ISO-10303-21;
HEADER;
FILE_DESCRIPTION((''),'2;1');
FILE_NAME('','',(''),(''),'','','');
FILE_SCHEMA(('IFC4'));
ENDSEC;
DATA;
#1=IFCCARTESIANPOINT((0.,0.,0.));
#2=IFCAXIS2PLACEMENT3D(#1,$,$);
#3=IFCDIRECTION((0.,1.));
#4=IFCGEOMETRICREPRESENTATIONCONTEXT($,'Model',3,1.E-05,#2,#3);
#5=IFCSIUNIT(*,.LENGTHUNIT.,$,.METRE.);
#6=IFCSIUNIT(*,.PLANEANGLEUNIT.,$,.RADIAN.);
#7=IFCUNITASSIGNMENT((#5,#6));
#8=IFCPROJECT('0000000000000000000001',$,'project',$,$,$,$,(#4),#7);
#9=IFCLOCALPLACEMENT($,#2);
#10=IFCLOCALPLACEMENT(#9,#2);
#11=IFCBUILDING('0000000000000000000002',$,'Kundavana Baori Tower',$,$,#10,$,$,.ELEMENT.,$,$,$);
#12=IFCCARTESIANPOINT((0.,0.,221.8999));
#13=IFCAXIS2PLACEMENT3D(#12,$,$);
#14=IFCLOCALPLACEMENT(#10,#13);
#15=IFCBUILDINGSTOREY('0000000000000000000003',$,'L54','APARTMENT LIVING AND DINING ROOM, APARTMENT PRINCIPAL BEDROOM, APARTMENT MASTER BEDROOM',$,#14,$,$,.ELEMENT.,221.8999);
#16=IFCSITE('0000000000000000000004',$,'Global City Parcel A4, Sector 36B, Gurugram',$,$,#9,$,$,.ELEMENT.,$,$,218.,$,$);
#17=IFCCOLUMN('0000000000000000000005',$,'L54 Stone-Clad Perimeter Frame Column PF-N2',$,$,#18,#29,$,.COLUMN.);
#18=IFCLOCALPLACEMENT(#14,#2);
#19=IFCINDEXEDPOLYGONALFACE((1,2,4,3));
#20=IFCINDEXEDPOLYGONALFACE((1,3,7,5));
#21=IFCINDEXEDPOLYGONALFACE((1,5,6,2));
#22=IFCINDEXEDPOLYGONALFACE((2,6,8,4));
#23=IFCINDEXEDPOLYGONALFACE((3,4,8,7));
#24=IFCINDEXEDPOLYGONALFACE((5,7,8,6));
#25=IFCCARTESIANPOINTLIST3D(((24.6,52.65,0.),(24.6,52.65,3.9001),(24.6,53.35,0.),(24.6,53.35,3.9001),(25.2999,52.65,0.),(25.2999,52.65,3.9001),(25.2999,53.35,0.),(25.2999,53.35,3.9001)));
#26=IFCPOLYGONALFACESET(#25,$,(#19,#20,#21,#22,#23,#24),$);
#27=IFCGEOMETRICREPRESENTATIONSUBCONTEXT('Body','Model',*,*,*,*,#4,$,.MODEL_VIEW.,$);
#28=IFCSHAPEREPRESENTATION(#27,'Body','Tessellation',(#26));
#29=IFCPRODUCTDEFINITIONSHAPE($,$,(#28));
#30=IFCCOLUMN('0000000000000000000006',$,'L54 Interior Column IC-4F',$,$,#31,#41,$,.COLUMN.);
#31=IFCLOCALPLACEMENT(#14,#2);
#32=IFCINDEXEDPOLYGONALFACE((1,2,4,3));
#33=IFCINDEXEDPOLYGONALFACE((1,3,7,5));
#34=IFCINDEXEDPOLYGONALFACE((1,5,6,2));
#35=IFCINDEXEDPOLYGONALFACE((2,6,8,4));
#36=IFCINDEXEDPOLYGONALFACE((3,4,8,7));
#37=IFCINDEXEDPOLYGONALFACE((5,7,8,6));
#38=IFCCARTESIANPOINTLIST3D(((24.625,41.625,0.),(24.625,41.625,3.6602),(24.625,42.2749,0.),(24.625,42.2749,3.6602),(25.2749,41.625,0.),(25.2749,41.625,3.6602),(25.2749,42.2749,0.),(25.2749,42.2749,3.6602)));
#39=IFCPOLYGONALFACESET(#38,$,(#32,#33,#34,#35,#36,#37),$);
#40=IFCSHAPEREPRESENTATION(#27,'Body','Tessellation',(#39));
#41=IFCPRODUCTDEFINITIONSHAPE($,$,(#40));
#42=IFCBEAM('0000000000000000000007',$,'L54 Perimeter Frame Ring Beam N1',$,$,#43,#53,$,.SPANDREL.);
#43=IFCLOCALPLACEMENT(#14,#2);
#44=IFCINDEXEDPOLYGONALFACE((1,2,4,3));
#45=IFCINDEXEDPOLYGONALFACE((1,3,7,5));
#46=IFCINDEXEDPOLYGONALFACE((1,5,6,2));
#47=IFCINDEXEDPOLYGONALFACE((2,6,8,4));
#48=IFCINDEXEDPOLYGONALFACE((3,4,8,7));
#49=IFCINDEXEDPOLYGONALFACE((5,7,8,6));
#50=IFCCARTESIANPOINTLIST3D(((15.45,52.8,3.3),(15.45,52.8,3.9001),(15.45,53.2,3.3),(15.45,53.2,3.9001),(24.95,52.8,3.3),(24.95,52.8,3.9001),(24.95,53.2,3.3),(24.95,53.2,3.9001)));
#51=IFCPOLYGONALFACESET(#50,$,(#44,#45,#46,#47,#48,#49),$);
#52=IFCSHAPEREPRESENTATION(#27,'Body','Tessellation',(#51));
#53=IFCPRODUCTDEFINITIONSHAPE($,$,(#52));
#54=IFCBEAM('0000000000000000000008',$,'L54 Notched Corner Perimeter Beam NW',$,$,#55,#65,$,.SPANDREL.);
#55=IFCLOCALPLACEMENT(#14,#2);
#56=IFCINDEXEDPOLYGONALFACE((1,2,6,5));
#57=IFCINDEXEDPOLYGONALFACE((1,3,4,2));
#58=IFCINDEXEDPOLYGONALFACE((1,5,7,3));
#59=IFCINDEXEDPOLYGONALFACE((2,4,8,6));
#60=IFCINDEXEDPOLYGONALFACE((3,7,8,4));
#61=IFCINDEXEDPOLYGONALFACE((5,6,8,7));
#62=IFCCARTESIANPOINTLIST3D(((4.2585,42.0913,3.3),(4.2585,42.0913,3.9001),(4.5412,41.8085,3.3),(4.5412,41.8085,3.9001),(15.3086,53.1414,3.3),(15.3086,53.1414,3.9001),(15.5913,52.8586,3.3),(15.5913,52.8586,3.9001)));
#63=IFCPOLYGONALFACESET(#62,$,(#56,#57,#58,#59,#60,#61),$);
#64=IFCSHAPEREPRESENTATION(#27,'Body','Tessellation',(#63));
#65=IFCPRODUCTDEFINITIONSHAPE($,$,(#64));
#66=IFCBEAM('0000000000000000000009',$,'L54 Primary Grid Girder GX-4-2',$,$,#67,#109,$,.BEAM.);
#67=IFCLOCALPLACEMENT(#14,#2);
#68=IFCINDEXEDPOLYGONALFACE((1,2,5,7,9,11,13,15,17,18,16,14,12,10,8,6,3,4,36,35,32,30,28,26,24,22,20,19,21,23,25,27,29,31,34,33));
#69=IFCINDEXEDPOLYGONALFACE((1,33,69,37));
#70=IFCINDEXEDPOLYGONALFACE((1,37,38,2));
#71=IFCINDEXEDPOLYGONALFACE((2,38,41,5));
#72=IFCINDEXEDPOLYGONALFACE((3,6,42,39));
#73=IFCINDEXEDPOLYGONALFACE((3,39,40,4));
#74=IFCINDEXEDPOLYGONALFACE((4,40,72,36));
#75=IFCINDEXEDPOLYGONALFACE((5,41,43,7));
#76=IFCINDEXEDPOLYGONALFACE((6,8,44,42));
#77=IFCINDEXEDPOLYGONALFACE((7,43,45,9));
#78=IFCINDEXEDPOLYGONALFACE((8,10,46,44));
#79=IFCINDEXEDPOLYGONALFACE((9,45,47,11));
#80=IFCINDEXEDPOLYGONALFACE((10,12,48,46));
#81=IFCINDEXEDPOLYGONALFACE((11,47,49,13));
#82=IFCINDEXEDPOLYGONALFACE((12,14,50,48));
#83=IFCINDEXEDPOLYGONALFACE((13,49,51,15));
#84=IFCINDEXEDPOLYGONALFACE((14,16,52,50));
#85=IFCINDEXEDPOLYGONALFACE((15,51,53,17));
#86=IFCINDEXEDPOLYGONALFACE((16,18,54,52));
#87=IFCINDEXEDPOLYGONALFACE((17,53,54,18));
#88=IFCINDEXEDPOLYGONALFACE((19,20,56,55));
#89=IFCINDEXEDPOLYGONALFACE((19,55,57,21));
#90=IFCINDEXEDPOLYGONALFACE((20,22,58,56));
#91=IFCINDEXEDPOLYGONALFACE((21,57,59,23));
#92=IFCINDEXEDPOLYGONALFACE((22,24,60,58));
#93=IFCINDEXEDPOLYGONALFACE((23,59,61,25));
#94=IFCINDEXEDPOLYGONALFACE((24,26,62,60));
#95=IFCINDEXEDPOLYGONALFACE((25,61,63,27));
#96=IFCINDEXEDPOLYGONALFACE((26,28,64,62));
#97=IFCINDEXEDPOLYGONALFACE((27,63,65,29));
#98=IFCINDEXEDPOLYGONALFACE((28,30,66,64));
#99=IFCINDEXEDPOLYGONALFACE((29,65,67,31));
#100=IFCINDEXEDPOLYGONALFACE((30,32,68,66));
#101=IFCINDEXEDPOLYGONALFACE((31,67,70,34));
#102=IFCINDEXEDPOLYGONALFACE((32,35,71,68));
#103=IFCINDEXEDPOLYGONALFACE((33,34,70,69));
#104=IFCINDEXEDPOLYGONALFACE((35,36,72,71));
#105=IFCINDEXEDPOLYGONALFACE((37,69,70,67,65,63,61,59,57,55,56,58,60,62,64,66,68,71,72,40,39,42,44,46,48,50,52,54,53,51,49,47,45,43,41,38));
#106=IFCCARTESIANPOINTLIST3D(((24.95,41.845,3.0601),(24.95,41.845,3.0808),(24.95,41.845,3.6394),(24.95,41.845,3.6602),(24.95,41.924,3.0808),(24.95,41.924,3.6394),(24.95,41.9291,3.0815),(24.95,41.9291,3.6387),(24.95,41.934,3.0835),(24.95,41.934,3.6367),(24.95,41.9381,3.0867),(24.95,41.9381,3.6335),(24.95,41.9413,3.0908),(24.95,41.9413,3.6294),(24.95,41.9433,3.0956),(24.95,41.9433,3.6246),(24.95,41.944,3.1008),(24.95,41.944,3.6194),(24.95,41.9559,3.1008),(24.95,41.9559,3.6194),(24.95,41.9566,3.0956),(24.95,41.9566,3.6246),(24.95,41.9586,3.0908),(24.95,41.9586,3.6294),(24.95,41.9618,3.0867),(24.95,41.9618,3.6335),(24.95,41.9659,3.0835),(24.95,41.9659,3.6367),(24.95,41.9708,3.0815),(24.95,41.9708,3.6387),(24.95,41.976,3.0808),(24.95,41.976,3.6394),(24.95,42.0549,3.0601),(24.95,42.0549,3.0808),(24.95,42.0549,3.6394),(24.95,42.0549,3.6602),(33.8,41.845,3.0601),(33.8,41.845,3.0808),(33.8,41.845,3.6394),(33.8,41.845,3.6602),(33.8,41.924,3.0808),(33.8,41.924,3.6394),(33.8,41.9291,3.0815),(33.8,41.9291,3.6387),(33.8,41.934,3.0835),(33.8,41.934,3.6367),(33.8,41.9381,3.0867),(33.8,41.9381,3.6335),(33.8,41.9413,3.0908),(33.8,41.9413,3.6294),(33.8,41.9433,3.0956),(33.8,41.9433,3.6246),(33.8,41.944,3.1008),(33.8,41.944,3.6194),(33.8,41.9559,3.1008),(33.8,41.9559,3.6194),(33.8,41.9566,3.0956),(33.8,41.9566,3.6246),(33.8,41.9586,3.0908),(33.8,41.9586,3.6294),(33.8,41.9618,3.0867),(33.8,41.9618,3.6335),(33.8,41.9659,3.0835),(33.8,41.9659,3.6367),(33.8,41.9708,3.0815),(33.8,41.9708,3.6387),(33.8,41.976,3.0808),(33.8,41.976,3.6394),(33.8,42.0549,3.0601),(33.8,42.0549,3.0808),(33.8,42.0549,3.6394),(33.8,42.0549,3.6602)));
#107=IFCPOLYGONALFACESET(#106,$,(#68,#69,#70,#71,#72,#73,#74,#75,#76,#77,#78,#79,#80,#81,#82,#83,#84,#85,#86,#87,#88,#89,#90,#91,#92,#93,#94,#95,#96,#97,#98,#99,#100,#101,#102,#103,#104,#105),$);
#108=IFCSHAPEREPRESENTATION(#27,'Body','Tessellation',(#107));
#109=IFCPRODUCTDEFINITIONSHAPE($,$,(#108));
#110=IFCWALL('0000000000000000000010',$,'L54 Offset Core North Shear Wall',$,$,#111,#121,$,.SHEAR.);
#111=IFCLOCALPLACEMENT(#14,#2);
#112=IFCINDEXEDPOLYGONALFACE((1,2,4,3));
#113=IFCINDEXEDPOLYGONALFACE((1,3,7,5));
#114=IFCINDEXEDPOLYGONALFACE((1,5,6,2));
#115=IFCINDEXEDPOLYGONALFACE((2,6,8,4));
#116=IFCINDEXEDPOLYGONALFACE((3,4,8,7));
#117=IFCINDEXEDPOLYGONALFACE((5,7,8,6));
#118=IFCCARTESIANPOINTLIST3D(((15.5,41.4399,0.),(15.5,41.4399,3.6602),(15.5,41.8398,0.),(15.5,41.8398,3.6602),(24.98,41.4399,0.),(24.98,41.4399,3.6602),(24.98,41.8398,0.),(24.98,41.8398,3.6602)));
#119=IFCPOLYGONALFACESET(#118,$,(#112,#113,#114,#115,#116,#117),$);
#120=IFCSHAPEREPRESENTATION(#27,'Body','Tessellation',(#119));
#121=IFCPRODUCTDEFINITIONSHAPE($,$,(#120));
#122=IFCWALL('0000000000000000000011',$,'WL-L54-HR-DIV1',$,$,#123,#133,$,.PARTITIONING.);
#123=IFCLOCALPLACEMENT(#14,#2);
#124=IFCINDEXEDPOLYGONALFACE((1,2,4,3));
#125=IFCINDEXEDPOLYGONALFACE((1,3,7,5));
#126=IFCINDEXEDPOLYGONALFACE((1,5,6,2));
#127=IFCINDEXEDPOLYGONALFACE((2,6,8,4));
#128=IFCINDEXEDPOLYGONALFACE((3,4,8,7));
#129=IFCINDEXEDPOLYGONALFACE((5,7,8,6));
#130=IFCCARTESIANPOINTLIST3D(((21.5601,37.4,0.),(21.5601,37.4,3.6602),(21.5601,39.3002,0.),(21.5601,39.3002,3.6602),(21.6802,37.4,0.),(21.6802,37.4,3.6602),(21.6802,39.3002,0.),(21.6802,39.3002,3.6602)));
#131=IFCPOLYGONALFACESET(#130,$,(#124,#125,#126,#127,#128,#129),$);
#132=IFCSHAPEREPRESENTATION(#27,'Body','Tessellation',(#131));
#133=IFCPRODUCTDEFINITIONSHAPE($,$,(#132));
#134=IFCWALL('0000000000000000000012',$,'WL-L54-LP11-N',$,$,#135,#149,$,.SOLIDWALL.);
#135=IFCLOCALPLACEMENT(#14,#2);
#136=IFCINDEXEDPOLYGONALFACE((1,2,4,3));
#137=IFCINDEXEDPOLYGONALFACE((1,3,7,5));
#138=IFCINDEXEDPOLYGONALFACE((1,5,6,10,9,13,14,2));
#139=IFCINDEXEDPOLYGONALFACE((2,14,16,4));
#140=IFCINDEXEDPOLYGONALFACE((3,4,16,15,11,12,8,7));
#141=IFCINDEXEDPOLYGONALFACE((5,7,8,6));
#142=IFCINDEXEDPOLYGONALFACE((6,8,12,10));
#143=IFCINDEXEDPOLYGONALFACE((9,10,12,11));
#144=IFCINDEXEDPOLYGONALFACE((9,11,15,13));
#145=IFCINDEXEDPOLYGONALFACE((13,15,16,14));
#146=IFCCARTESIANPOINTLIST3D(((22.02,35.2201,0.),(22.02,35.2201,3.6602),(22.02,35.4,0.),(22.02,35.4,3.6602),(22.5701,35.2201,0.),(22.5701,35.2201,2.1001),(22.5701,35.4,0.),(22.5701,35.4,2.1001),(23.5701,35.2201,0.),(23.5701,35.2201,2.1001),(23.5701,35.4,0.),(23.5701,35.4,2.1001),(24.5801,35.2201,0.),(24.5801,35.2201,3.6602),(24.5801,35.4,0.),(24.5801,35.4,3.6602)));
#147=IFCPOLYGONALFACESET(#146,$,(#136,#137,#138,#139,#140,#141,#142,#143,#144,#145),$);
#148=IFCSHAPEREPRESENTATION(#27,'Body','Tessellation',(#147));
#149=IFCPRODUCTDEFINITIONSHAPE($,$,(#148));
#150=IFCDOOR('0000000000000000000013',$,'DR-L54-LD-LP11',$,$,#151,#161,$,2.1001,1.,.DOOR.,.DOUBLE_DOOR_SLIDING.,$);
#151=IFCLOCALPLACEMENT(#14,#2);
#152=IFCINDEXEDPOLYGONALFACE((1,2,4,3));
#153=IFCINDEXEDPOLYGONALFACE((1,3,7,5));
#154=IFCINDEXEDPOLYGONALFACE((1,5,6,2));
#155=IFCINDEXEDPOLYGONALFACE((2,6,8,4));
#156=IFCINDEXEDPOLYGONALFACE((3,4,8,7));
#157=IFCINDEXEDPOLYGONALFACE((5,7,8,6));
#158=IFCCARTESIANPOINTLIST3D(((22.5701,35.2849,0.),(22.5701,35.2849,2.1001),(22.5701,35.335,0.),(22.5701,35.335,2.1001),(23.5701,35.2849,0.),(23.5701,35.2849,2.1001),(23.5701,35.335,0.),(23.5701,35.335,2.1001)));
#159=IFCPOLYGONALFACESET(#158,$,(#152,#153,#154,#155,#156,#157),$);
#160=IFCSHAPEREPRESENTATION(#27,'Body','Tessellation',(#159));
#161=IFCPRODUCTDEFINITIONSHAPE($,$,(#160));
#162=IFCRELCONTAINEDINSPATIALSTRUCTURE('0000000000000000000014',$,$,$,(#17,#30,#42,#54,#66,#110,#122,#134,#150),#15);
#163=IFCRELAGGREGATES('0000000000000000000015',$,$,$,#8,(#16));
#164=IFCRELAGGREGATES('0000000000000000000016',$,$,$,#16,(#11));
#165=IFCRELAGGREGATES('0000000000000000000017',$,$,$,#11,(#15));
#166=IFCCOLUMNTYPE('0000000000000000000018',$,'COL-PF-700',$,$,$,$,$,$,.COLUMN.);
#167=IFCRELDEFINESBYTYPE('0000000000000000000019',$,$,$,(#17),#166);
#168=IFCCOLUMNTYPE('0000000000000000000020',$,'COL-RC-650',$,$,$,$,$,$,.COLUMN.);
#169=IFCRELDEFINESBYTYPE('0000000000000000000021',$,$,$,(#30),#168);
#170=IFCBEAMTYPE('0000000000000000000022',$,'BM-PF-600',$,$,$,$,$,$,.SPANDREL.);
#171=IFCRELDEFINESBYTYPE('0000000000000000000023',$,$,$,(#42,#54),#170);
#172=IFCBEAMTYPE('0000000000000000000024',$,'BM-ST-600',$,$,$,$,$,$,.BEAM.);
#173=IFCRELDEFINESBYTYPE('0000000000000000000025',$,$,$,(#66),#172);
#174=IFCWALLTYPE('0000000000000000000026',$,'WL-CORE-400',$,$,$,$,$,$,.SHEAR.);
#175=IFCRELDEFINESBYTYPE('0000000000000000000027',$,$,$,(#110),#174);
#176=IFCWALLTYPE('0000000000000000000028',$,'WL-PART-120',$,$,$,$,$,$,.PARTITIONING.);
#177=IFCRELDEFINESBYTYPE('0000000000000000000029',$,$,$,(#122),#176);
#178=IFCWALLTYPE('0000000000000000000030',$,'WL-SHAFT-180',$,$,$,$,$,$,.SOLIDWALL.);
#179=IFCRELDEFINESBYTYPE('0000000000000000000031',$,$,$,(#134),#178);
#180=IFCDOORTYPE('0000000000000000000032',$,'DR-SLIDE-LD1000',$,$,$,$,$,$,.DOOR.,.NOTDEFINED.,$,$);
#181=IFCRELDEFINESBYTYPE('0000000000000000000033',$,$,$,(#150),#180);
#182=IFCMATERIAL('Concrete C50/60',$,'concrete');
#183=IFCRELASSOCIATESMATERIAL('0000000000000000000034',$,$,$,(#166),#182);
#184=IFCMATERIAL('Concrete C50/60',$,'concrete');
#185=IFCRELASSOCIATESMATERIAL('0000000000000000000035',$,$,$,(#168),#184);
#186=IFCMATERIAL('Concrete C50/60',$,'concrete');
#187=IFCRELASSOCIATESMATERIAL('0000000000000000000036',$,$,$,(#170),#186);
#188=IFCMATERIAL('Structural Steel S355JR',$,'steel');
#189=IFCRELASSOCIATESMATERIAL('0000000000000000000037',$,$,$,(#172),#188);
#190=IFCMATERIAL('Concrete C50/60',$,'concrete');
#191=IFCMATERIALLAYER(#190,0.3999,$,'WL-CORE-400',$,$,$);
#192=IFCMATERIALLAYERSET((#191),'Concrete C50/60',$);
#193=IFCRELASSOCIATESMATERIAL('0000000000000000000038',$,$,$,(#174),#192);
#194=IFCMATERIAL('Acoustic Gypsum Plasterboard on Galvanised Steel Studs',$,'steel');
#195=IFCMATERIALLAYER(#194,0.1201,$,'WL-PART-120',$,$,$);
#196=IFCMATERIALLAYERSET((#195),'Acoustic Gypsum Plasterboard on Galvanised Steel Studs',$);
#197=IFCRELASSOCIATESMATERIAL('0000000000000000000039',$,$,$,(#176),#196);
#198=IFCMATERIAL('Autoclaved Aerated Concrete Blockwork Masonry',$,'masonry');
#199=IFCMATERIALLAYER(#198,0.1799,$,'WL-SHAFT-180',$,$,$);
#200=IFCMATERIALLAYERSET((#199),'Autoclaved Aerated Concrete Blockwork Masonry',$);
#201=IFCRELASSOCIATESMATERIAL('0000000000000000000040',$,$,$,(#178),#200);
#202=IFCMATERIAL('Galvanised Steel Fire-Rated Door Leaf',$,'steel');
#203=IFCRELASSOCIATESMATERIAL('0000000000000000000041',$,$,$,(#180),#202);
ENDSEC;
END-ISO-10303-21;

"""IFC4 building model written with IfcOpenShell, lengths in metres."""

from ifc_helpers import new_model, si_unit, direction, frame, frame_2d, origin, origin_2d, place, context, subcontext, project, spatial, rectangle, i_section, extrude, material, layer, layer_set, material_profile, profile_set, type_object, element, fill, save


model = new_model("IFC4")

# Units and contexts
model_context = context("Model", 3, precision=1e-05, world=origin(), true_north=direction((0.0, 1.0)))
body_context = subcontext(model_context, "Body", "Model", "MODEL_VIEW")
ifc_project = project(units=[si_unit("LENGTHUNIT", "METRE"), si_unit("PLANEANGLEUNIT", "RADIAN")], contexts=[model_context])

# Site, building, storey
site_placement = place(None, origin())
site = spatial("IfcSite", under=ifc_project, at=site_placement, Name="Global City Parcel A4, Sector 36B, Gurugram", CompositionType="ELEMENT", RefElevation=218.0)
building_placement = place(site_placement, origin())
building = spatial("IfcBuilding", under=site, at=building_placement, Name="Kundavana Baori Tower", CompositionType="ELEMENT")
storey_placement = place(building_placement, frame((0.0, 0.0, 221.8999)))
storey = spatial("IfcBuildingStorey", under=building, at=storey_placement, Name="L54", Description="APARTMENT LIVING AND DINING ROOM, APARTMENT PRINCIPAL BEDROOM, APARTMENT MASTER BEDROOM", CompositionType="ELEMENT", Elevation=221.8999)

# Columns
ifc_material_1 = material(Name="Concrete C50/60", Category="concrete")
ifc_material_profile_1 = material_profile(ifc_material_1, rectangle(XDim=0.7, YDim=0.7, at=origin_2d()), Name="RC PF 700x700")
ifc_profile_set_1 = profile_set([ifc_material_profile_1], Name="Concrete C50/60")
column_type_1 = type_object("IfcColumnType", Name="COL-PF-700", PredefinedType="COLUMN", material=ifc_profile_set_1)
column_1_placement = place(storey_placement, frame((24.95, 53.0, 0.0), z_axis=(0.0, 0.0, 1.0), x_axis=(1.0, 0.0, 0.0)))
element("IfcColumn", 1, at=column_1_placement, inside=storey, type_object=column_type_1, Name="L54 Stone-Clad Perimeter Frame Column PF-N2", PredefinedType="COLUMN", context=body_context, shape_type="SweptSolid", body=[
    extrude(rectangle(XDim=0.7, YDim=0.7, at=origin_2d()), origin(), (0.0, 0.0, 1.0), 3.9001),
])
ifc_material_2 = material(Name="Concrete C50/60", Category="concrete")
ifc_material_profile_2 = material_profile(ifc_material_2, rectangle(XDim=0.6499, YDim=0.6499, at=origin_2d()), Name="RC 650x650")
ifc_profile_set_2 = profile_set([ifc_material_profile_2], Name="Concrete C50/60")
column_type_2 = type_object("IfcColumnType", Name="COL-RC-650", PredefinedType="COLUMN", material=ifc_profile_set_2)
column_2_placement = place(storey_placement, frame((24.95, 41.95, 0.0), z_axis=(0.0, 0.0, 1.0), x_axis=(1.0, 0.0, 0.0)))
element("IfcColumn", 2, at=column_2_placement, inside=storey, type_object=column_type_2, Name="L54 Interior Column IC-4F", PredefinedType="COLUMN", context=body_context, shape_type="SweptSolid", body=[
    extrude(rectangle(XDim=0.6499, YDim=0.6499, at=origin_2d()), origin(), (0.0, 0.0, 1.0), 3.6602),
])

# Beams
ifc_material_3 = material(Name="Concrete C50/60", Category="concrete")
ifc_material_profile_3 = material_profile(ifc_material_3, rectangle(XDim=0.3999, YDim=0.6001, at=origin_2d()), Name="RC BM 400x600")
ifc_profile_set_3 = profile_set([ifc_material_profile_3], Name="Concrete C50/60")
beam_type_1 = type_object("IfcBeamType", Name="BM-PF-600", PredefinedType="SPANDREL", material=ifc_profile_set_3)
beam_1_placement = place(storey_placement, frame((15.45, 53.0, 3.6001), z_axis=(1.0, 0.0, 0.0), x_axis=(0.0, 1.0, 0.0)))
element("IfcBeam", 3, at=beam_1_placement, inside=storey, type_object=beam_type_1, Name="L54 Perimeter Frame Ring Beam N1", PredefinedType="SPANDREL", context=body_context, shape_type="SweptSolid", body=[
    extrude(rectangle(XDim=0.3999, YDim=0.6001, at=origin_2d()), origin(), (0.0, 0.0, 1.0), 9.5),
])
beam_2_placement = place(storey_placement, frame((15.45, 53.0, 3.6001), z_axis=(-0.707107, -0.707107, 0.0), x_axis=(0.707107, -0.707107, 0.0)))
element("IfcBeam", 4, at=beam_2_placement, inside=storey, type_object=beam_type_1, Name="L54 Notched Corner Perimeter Beam NW", PredefinedType="SPANDREL", context=body_context, shape_type="SweptSolid", body=[
    extrude(rectangle(XDim=0.3999, YDim=0.6001, at=origin_2d()), origin(), (0.0, 0.0, 1.0), 15.6272),
])
ifc_material_4 = material(Name="Structural Steel S355JR", Category="steel")
ifc_material_profile_4 = material_profile(ifc_material_4, i_section(OverallWidth=0.21, OverallDepth=0.6001, WebThickness=0.012, FlangeThickness=0.0208, FilletRadius=0.02, at=origin_2d()), Name="ISMB 600")
ifc_profile_set_4 = profile_set([ifc_material_profile_4], Name="Structural Steel S355JR")
beam_type_2 = type_object("IfcBeamType", Name="BM-ST-600", PredefinedType="BEAM", material=ifc_profile_set_4)
beam_3_placement = place(storey_placement, frame((24.95, 41.95, 3.3601), z_axis=(1.0, 0.0, 0.0), x_axis=(0.0, 1.0, 0.0)))
element("IfcBeam", 5, at=beam_3_placement, inside=storey, type_object=beam_type_2, Name="L54 Primary Grid Girder GX-4-2", PredefinedType="BEAM", context=body_context, shape_type="SweptSolid", body=[
    extrude(i_section(OverallWidth=0.21, OverallDepth=0.6001, WebThickness=0.012, FlangeThickness=0.0208, FilletRadius=0.02, at=origin_2d()), origin(), (0.0, 0.0, 1.0), 8.8501),
])

# Walls
ifc_material_5 = material(Name="Concrete C50/60", Category="concrete")
ifc_layer_1 = layer(ifc_material_5, 0.3999, Name="WL-CORE-400")
ifc_layer_set_1 = layer_set([ifc_layer_1], Name="Concrete C50/60")
wall_type_1 = type_object("IfcWallType", Name="WL-CORE-400", PredefinedType="SHEAR", material=ifc_layer_set_1)
wall_1_placement = place(storey_placement, frame((15.5, 41.6399, 0.0), z_axis=(0.0, 0.0, 1.0), x_axis=(1.0, 0.0, 0.0)))
element("IfcWall", 6, at=wall_1_placement, inside=storey, type_object=wall_type_1, Name="L54 Offset Core North Shear Wall", PredefinedType="SHEAR", context=body_context, shape_type="SweptSolid", body=[
    extrude(rectangle(XDim=9.48, YDim=0.3999, at=frame_2d((4.74, 0.0))), origin(), (0.0, 0.0, 1.0), 3.6602),
])
ifc_material_6 = material(Name="Acoustic Gypsum Plasterboard on Galvanised Steel Studs", Category="steel")
ifc_layer_2 = layer(ifc_material_6, 0.1201, Name="WL-PART-120")
ifc_layer_set_2 = layer_set([ifc_layer_2], Name="Acoustic Gypsum Plasterboard on Galvanised Steel Studs")
wall_type_2 = type_object("IfcWallType", Name="WL-PART-120", PredefinedType="PARTITIONING", material=ifc_layer_set_2)
wall_2_placement = place(storey_placement, frame((21.6201, 37.3999, 0.0), z_axis=(0.0, 0.0, 1.0), x_axis=(0.0, 1.0, 0.0)))
element("IfcWall", 7, at=wall_2_placement, inside=storey, type_object=wall_type_2, Name="WL-L54-HR-DIV1", PredefinedType="PARTITIONING", context=body_context, shape_type="SweptSolid", body=[
    extrude(rectangle(XDim=1.9001, YDim=0.1201, at=frame_2d((0.9502, 0.0))), origin(), (0.0, 0.0, 1.0), 3.6602),
])

# Wall, opening, door
ifc_material_7 = material(Name="Autoclaved Aerated Concrete Blockwork Masonry", Category="masonry")
ifc_layer_3 = layer(ifc_material_7, 0.1799, Name="WL-SHAFT-180")
ifc_layer_set_3 = layer_set([ifc_layer_3], Name="Autoclaved Aerated Concrete Blockwork Masonry")
wall_type_3 = type_object("IfcWallType", Name="WL-SHAFT-180", PredefinedType="SOLIDWALL", material=ifc_layer_set_3)
wall_3_placement = place(storey_placement, frame((22.02, 35.3101, 0.0), z_axis=(0.0, 0.0, 1.0), x_axis=(1.0, 0.0, 0.0)))
wall_3 = element("IfcWall", 8, at=wall_3_placement, inside=storey, type_object=wall_type_3, Name="WL-L54-LP11-N", PredefinedType="SOLIDWALL", context=body_context, shape_type="SweptSolid", body=[
    extrude(rectangle(XDim=2.5601, YDim=0.1799, at=frame_2d((1.28, 0.0))), origin(), (0.0, 0.0, 1.0), 3.6602),
])
opening_1_placement = place(wall_3_placement, frame((0.55, 0.0, 0.0)))
opening_1 = element("IfcOpeningElement", 9, at=opening_1_placement, cuts=wall_3, PredefinedType="OPENING", context=body_context, shape_type="SweptSolid", body=[
    extrude(rectangle(XDim=1.0, YDim=2.1001, at=frame_2d((0.5, 1.05))), frame((0.0, 0.1001, 0.0), z_axis=(0.0, -1.0, 0.0), x_axis=(1.0, 0.0, 0.0)), (0.0, 0.0, 1.0), 0.2),
])
ifc_material_8 = material(Name="Galvanised Steel Fire-Rated Door Leaf", Category="steel")
door_type = type_object("IfcDoorType", Name="DR-SLIDE-LD1000", OperationType="NOTDEFINED", PredefinedType="DOOR", material=ifc_material_8)
door_1_placement = place(opening_1_placement, origin())
door_1 = element("IfcDoor", 10, at=door_1_placement, inside=storey, type_object=door_type, Name="DR-L54-LD-LP11", OperationType="DOUBLE_DOOR_SLIDING", OverallHeight=2.1001, OverallWidth=1.0, PredefinedType="DOOR", context=body_context, shape_type="SweptSolid", body=[
    extrude(rectangle(XDim=1.0, YDim=2.1001, at=frame_2d((0.5, 1.05))), frame((0.0, 0.0249, 0.0), z_axis=(0.0, -1.0, 0.0), x_axis=(1.0, 0.0, 0.0)), (0.0, 0.0, 1.0), 0.05),
])
fill(opening_1, door_1)

save(model, "model.ifc")
